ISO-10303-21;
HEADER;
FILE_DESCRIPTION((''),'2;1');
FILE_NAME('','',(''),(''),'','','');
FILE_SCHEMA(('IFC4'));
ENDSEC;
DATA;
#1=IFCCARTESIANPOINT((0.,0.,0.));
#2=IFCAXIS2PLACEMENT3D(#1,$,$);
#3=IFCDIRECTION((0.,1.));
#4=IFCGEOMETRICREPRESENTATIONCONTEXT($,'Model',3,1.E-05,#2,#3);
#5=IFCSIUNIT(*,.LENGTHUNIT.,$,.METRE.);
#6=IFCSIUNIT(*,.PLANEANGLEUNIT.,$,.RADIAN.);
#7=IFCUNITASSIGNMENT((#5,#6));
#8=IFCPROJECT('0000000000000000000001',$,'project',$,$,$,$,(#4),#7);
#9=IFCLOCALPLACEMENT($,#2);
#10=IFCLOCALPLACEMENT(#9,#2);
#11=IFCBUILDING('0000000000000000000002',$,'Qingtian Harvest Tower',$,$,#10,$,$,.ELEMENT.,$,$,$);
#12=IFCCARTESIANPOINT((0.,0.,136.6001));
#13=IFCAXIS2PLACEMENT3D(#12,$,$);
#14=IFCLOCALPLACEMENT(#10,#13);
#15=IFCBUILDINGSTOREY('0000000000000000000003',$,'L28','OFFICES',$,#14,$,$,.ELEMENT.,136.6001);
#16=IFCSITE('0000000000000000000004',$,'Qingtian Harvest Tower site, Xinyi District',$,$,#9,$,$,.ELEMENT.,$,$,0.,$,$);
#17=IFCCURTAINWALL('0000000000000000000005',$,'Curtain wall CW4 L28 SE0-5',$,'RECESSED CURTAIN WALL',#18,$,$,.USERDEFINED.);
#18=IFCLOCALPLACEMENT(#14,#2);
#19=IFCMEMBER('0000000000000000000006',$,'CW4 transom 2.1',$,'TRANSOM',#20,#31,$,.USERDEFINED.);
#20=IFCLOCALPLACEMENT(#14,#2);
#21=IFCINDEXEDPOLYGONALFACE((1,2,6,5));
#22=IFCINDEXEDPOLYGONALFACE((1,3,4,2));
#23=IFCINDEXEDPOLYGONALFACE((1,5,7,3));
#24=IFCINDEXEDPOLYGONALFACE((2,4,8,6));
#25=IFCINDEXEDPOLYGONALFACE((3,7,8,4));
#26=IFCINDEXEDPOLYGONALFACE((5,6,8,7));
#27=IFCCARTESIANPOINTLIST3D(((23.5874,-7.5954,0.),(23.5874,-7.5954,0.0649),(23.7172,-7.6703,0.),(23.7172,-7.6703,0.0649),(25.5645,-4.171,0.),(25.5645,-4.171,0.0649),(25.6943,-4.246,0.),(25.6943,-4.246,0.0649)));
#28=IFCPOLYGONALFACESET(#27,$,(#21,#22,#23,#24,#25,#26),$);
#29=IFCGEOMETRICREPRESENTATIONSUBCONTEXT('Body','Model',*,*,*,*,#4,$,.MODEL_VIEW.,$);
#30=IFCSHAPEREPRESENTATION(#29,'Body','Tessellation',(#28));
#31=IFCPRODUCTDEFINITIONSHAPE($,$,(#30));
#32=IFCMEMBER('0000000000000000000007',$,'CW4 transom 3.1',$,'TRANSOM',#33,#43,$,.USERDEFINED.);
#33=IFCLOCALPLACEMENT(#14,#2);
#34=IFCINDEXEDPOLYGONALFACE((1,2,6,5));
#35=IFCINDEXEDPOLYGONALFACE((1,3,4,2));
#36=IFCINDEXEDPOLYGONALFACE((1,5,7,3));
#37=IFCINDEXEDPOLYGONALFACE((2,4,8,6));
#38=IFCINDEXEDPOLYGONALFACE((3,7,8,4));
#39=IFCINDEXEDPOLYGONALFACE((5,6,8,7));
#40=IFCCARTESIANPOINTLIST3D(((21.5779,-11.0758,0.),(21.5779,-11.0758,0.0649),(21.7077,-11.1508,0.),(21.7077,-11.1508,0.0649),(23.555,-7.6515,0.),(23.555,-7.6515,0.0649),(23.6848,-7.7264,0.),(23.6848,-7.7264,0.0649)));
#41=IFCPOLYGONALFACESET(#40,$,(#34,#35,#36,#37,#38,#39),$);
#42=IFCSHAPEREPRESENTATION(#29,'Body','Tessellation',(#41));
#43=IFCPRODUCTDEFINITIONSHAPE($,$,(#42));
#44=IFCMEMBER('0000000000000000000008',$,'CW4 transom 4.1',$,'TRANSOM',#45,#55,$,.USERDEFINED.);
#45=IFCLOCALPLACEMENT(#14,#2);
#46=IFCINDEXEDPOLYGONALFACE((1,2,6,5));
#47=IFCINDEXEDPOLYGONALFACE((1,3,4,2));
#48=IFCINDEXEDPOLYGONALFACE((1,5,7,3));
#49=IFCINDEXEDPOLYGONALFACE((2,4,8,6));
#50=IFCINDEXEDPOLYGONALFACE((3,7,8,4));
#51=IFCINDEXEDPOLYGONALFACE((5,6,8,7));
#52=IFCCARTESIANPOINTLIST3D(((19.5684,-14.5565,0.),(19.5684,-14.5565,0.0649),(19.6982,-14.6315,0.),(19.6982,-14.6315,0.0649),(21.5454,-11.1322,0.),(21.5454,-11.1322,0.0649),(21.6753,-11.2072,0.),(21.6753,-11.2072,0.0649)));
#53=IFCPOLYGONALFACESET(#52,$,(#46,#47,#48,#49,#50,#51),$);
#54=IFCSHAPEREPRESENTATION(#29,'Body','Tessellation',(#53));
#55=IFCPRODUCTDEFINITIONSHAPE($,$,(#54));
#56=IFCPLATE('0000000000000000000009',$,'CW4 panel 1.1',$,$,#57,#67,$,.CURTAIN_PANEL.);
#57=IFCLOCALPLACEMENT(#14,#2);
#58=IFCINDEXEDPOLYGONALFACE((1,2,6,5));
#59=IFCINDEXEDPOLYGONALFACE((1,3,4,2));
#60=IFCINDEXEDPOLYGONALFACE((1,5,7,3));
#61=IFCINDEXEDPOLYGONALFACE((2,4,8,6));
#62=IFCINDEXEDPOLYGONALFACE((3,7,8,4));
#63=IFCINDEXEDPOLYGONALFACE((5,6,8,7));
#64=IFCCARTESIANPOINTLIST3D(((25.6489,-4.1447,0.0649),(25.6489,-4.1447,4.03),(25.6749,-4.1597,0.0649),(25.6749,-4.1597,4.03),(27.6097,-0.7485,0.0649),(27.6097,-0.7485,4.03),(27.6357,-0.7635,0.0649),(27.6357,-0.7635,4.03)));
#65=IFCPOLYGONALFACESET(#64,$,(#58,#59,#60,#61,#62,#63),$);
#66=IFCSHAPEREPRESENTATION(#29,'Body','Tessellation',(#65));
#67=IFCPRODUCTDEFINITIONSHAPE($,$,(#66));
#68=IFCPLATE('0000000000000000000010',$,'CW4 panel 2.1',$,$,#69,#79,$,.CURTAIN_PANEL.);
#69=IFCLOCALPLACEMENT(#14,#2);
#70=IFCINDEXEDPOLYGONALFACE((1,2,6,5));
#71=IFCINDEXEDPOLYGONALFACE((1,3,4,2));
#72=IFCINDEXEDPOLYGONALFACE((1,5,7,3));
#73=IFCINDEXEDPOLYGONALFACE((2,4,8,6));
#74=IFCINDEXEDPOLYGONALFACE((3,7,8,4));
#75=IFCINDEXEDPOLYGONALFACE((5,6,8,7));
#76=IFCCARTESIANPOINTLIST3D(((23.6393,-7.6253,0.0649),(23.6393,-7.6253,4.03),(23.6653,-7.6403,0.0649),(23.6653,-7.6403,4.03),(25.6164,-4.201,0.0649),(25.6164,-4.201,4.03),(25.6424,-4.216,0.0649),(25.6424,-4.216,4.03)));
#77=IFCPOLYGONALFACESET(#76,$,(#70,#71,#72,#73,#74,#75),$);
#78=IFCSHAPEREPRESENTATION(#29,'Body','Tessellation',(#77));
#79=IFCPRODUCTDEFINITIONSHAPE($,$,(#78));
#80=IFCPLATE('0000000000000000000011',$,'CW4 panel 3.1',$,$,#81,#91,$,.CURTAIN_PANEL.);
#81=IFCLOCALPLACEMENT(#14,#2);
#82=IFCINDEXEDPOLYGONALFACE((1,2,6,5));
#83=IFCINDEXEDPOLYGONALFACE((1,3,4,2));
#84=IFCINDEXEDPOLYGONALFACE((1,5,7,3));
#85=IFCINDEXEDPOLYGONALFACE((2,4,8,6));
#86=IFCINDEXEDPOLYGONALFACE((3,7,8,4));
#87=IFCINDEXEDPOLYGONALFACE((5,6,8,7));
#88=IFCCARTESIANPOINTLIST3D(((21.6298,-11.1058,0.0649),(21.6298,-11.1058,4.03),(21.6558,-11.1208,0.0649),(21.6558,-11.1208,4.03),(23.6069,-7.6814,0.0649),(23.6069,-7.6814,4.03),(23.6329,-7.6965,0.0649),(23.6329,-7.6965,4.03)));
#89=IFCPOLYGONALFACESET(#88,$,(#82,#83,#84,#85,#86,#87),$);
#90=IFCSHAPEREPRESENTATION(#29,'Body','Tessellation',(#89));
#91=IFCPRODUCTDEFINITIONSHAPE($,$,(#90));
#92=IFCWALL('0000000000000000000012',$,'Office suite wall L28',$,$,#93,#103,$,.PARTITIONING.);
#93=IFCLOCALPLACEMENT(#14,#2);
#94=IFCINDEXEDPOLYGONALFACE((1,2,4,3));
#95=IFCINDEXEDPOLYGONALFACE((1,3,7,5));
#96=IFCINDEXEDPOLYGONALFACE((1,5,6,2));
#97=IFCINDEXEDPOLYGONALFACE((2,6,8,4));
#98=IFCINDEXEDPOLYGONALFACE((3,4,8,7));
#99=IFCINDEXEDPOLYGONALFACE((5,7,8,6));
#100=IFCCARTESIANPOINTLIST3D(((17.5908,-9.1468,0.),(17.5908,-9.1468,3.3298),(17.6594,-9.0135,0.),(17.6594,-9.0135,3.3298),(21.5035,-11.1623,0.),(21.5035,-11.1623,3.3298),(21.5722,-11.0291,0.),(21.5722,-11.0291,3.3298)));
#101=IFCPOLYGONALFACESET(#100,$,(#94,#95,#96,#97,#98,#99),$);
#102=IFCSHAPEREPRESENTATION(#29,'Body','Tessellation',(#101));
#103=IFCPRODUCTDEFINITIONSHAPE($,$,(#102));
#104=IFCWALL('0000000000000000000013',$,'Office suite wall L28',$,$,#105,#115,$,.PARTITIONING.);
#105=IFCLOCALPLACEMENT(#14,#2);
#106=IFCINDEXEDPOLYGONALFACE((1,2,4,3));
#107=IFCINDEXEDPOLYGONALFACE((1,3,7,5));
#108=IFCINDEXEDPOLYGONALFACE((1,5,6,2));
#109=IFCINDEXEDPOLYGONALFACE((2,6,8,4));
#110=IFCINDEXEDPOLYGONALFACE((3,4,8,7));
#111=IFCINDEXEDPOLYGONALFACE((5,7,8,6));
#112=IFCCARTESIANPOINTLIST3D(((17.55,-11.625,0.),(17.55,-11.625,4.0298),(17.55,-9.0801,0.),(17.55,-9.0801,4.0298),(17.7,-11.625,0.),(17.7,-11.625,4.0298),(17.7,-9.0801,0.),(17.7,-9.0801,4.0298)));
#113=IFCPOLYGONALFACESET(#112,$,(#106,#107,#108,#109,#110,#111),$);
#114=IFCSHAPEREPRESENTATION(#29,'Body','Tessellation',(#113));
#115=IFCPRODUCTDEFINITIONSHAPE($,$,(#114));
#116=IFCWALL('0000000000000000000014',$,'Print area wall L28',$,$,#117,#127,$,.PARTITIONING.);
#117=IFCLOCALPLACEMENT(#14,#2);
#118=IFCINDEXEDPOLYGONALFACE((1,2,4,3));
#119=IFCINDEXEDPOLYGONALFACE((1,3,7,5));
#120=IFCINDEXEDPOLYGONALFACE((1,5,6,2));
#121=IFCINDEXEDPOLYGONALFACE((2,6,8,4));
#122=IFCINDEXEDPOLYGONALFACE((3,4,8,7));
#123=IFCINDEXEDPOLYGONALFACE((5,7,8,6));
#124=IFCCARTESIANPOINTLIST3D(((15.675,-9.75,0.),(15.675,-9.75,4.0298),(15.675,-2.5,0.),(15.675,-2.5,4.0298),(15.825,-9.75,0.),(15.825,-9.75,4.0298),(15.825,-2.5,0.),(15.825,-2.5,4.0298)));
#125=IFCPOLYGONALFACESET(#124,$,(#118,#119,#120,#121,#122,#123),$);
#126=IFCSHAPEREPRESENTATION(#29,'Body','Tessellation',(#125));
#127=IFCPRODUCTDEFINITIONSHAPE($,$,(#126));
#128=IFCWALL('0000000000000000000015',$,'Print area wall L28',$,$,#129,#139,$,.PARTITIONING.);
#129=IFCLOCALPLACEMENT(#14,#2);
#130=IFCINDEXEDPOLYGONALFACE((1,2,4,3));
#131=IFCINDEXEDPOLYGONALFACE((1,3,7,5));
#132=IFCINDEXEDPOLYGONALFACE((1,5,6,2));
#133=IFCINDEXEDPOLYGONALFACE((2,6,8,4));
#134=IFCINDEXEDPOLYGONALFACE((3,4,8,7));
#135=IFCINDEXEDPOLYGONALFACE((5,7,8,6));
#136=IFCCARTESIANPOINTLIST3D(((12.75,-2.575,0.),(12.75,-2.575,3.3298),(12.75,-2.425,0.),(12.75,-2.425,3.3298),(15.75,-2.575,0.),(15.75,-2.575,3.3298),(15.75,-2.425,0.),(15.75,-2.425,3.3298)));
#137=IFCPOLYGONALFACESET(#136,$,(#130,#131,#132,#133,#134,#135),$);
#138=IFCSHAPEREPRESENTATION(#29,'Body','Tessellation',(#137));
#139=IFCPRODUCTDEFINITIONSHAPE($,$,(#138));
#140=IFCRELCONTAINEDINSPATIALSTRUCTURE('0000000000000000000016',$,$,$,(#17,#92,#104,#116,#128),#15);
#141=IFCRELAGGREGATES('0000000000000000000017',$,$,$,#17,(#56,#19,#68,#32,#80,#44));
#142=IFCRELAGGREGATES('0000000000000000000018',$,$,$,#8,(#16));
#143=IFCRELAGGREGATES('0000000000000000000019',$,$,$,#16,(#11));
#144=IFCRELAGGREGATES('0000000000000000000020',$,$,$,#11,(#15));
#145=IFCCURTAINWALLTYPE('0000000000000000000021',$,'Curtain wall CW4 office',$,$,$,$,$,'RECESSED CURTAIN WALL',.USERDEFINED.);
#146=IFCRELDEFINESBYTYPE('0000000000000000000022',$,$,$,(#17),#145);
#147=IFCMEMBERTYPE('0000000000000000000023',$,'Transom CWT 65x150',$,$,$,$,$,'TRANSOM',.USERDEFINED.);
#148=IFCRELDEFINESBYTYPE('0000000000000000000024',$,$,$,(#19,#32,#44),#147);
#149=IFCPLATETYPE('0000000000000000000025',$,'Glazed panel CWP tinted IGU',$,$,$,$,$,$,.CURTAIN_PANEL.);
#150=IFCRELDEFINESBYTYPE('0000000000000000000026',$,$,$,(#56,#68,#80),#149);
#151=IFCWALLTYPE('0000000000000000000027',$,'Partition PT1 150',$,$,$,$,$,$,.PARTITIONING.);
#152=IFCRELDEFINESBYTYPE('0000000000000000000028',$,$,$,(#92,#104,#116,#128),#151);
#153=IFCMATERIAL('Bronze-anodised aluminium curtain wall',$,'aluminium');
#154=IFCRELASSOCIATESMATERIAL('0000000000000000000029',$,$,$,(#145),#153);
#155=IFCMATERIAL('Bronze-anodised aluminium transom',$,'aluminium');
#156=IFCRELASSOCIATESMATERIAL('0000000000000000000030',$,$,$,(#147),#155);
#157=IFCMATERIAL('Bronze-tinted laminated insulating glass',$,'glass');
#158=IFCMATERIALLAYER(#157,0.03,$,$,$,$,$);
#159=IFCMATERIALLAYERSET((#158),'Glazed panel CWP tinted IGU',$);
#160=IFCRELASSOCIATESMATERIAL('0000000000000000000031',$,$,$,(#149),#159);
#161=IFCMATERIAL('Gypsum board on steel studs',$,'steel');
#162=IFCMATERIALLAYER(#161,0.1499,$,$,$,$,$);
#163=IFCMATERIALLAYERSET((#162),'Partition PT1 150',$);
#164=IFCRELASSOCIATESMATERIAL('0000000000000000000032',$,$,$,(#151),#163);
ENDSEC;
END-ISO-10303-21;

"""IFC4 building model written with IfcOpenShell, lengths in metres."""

from ifc_helpers import new_model, si_unit, direction, frame, frame_2d, origin, origin_2d, place, context, subcontext, project, spatial, rectangle, extrude, material, layer, layer_set, material_profile, profile_set, type_object, element, aggregate, save


model = new_model("IFC4")

# Units and contexts
model_context = context("Model", 3, precision=1e-05, world=origin(), true_north=direction((0.0, 1.0)))
body_context = subcontext(model_context, "Body", "Model", "MODEL_VIEW")
ifc_project = project(units=[si_unit("LENGTHUNIT", "METRE"), si_unit("PLANEANGLEUNIT", "RADIAN")], contexts=[model_context])

# Site, building, storey
site_placement = place(None, origin())
site = spatial("IfcSite", under=ifc_project, at=site_placement, Name="Qingtian Harvest Tower site, Xinyi District", CompositionType="ELEMENT", RefElevation=0.0)
building_placement = place(site_placement, origin())
building = spatial("IfcBuilding", under=site, at=building_placement, Name="Qingtian Harvest Tower", CompositionType="ELEMENT")
storey_placement = place(building_placement, frame((0.0, 0.0, 136.6001)))
storey = spatial("IfcBuildingStorey", under=building, at=storey_placement, Name="L28", Description="OFFICES", CompositionType="ELEMENT", Elevation=136.6001)

# Shared definitions
ifc_material_1 = material(Name="Bronze-anodised aluminium curtain wall", Category="aluminium")
curtain_wall_type = type_object("IfcCurtainWallType", Name="Curtain wall CW4 office", ElementType="RECESSED CURTAIN WALL", PredefinedType="USERDEFINED", material=ifc_material_1)

# Curtain wall
curtain_wall_1_placement = place(storey_placement, origin())
curtain_wall_1 = element("IfcCurtainWall", 1, at=curtain_wall_1_placement, inside=storey, type_object=curtain_wall_type, Name="Curtain wall CW4 L28 SE0-5", ObjectType="RECESSED CURTAIN WALL", PredefinedType="USERDEFINED")

# Members
ifc_material_2 = material(Name="Bronze-anodised aluminium transom", Category="aluminium")
ifc_material_profile_1 = material_profile(ifc_material_2, rectangle(XDim=0.1499, YDim=0.0649, at=origin_2d()), Name="AL 65x150")
ifc_profile_set_1 = profile_set([ifc_material_profile_1], Name="Bronze-anodised aluminium transom")
member_type_1 = type_object("IfcMemberType", Name="Transom CWT 65x150", ElementType="TRANSOM", PredefinedType="USERDEFINED", material=ifc_profile_set_1)
member_1_placement = place(storey_placement, frame((25.6294, -4.2085, 0.0325), z_axis=(-0.500004, -0.866023, 0.0), x_axis=(0.866023, -0.500004, 0.0)))
member_1 = element("IfcMember", 2, at=member_1_placement, type_object=member_type_1, Name="CW4 transom 2.1", ObjectType="TRANSOM", PredefinedType="USERDEFINED", context=body_context, shape_type="SweptSolid", body=[
    extrude(rectangle(XDim=0.1499, YDim=0.0649, at=origin_2d()), origin(), (0.0, 0.0, 1.0), 3.9541),
])
member_2_placement = place(storey_placement, frame((23.6199, -7.689, 0.0325), z_axis=(-0.500004, -0.866023, 0.0), x_axis=(0.866023, -0.500004, 0.0)))
member_2 = element("IfcMember", 3, at=member_2_placement, type_object=member_type_1, Name="CW4 transom 3.1", ObjectType="TRANSOM", PredefinedType="USERDEFINED", context=body_context, shape_type="SweptSolid", body=[
    extrude(rectangle(XDim=0.1499, YDim=0.0649, at=origin_2d()), origin(), (0.0, 0.0, 1.0), 3.9541),
])
member_3_placement = place(storey_placement, frame((21.6104, -11.1697, 0.0325), z_axis=(-0.500004, -0.866023, 0.0), x_axis=(0.866023, -0.500004, 0.0)))
member_3 = element("IfcMember", 4, at=member_3_placement, type_object=member_type_1, Name="CW4 transom 4.1", ObjectType="TRANSOM", PredefinedType="USERDEFINED", context=body_context, shape_type="SweptSolid", body=[
    extrude(rectangle(XDim=0.1499, YDim=0.0649, at=origin_2d()), origin(), (0.0, 0.0, 1.0), 3.9541),
])

# Plates
ifc_material_3 = material(Name="Bronze-tinted laminated insulating glass", Category="glass")
ifc_layer_1 = layer(ifc_material_3, 0.03)
ifc_layer_set_1 = layer_set([ifc_layer_1], Name="Glazed panel CWP tinted IGU")
plate_type = type_object("IfcPlateType", Name="Glazed panel CWP tinted IGU", PredefinedType="CURTAIN_PANEL", material=ifc_layer_set_1)
plate_1_placement = place(storey_placement, frame((26.6423, -2.4541, 0.0649), z_axis=(0.0, 0.0, 1.0), x_axis=(-0.5, -0.866025, 0.0)))
plate_1 = element("IfcPlate", 5, at=plate_1_placement, type_object=plate_type, Name="CW4 panel 1.1", PredefinedType="CURTAIN_PANEL", context=body_context, shape_type="SweptSolid", body=[
    extrude(rectangle(XDim=3.9216, YDim=0.03, at=origin_2d()), origin(), (0.0, 0.0, 1.0), 3.9651),
])
plate_2_placement = place(storey_placement, frame((24.6409, -5.9207, 0.0649), z_axis=(0.0, 0.0, 1.0), x_axis=(-0.5, -0.866025, 0.0)))
plate_2 = element("IfcPlate", 6, at=plate_2_placement, type_object=plate_type, Name="CW4 panel 2.1", PredefinedType="CURTAIN_PANEL", context=body_context, shape_type="SweptSolid", body=[
    extrude(rectangle(XDim=3.9541, YDim=0.03, at=origin_2d()), origin(), (0.0, 0.0, 1.0), 3.9651),
])
plate_3_placement = place(storey_placement, frame((22.6313, -9.4011, 0.0649), z_axis=(0.0, 0.0, 1.0), x_axis=(-0.5, -0.866025, 0.0)))
plate_3 = element("IfcPlate", 7, at=plate_3_placement, type_object=plate_type, Name="CW4 panel 3.1", PredefinedType="CURTAIN_PANEL", context=body_context, shape_type="SweptSolid", body=[
    extrude(rectangle(XDim=3.9541, YDim=0.03, at=origin_2d()), origin(), (0.0, 0.0, 1.0), 3.9651),
])
aggregate(curtain_wall_1, [plate_1, member_1, plate_2, member_2, plate_3, member_3])

# Walls
ifc_material_4 = material(Name="Gypsum board on steel studs", Category="steel")
ifc_layer_2 = layer(ifc_material_4, 0.1499)
ifc_layer_set_2 = layer_set([ifc_layer_2], Name="Partition PT1 150")
wall_type = type_object("IfcWallType", Name="Partition PT1 150", PredefinedType="PARTITIONING", material=ifc_layer_set_2)
wall_1_placement = place(storey_placement, frame((21.5378, -11.0957, 0.0), z_axis=(0.0, 0.0, 1.0), x_axis=(-0.888982, 0.457942, 0.0)))
element("IfcWall", 8, at=wall_1_placement, inside=storey, type_object=wall_type, Name="Office suite wall L28", PredefinedType="PARTITIONING", context=body_context, shape_type="SweptSolid", body=[
    extrude(rectangle(XDim=4.4014, YDim=0.1499, at=frame_2d((2.2007, 0.0))), origin(), (0.0, 0.0, 1.0), 3.3298),
])
wall_2_placement = place(storey_placement, frame((17.625, -9.0801, 0.0), z_axis=(0.0, 0.0, 1.0), x_axis=(0.0, -1.0, 0.0)))
element("IfcWall", 9, at=wall_2_placement, inside=storey, type_object=wall_type, Name="Office suite wall L28", PredefinedType="PARTITIONING", context=body_context, shape_type="SweptSolid", body=[
    extrude(rectangle(XDim=2.5449, YDim=0.1499, at=frame_2d((1.2725, 0.0))), origin(), (0.0, 0.0, 1.0), 4.0298),
])
wall_3_placement = place(storey_placement, frame((15.75, -9.75, 0.0), z_axis=(0.0, 0.0, 1.0), x_axis=(0.0, 1.0, 0.0)))
element("IfcWall", 10, at=wall_3_placement, inside=storey, type_object=wall_type, Name="Print area wall L28", PredefinedType="PARTITIONING", context=body_context, shape_type="SweptSolid", body=[
    extrude(rectangle(XDim=7.25, YDim=0.1499, at=frame_2d((3.625, 0.0))), origin(), (0.0, 0.0, 1.0), 4.0298),
])
wall_4_placement = place(storey_placement, frame((12.75, -2.5, 0.0), z_axis=(0.0, 0.0, 1.0), x_axis=(1.0, 0.0, 0.0)))
element("IfcWall", 11, at=wall_4_placement, inside=storey, type_object=wall_type, Name="Print area wall L28", PredefinedType="PARTITIONING", context=body_context, shape_type="SweptSolid", body=[
    extrude(rectangle(XDim=3.0, YDim=0.1499, at=frame_2d((1.5, 0.0))), origin(), (0.0, 0.0, 1.0), 3.3298),
])

save(model, "model.ifc")
